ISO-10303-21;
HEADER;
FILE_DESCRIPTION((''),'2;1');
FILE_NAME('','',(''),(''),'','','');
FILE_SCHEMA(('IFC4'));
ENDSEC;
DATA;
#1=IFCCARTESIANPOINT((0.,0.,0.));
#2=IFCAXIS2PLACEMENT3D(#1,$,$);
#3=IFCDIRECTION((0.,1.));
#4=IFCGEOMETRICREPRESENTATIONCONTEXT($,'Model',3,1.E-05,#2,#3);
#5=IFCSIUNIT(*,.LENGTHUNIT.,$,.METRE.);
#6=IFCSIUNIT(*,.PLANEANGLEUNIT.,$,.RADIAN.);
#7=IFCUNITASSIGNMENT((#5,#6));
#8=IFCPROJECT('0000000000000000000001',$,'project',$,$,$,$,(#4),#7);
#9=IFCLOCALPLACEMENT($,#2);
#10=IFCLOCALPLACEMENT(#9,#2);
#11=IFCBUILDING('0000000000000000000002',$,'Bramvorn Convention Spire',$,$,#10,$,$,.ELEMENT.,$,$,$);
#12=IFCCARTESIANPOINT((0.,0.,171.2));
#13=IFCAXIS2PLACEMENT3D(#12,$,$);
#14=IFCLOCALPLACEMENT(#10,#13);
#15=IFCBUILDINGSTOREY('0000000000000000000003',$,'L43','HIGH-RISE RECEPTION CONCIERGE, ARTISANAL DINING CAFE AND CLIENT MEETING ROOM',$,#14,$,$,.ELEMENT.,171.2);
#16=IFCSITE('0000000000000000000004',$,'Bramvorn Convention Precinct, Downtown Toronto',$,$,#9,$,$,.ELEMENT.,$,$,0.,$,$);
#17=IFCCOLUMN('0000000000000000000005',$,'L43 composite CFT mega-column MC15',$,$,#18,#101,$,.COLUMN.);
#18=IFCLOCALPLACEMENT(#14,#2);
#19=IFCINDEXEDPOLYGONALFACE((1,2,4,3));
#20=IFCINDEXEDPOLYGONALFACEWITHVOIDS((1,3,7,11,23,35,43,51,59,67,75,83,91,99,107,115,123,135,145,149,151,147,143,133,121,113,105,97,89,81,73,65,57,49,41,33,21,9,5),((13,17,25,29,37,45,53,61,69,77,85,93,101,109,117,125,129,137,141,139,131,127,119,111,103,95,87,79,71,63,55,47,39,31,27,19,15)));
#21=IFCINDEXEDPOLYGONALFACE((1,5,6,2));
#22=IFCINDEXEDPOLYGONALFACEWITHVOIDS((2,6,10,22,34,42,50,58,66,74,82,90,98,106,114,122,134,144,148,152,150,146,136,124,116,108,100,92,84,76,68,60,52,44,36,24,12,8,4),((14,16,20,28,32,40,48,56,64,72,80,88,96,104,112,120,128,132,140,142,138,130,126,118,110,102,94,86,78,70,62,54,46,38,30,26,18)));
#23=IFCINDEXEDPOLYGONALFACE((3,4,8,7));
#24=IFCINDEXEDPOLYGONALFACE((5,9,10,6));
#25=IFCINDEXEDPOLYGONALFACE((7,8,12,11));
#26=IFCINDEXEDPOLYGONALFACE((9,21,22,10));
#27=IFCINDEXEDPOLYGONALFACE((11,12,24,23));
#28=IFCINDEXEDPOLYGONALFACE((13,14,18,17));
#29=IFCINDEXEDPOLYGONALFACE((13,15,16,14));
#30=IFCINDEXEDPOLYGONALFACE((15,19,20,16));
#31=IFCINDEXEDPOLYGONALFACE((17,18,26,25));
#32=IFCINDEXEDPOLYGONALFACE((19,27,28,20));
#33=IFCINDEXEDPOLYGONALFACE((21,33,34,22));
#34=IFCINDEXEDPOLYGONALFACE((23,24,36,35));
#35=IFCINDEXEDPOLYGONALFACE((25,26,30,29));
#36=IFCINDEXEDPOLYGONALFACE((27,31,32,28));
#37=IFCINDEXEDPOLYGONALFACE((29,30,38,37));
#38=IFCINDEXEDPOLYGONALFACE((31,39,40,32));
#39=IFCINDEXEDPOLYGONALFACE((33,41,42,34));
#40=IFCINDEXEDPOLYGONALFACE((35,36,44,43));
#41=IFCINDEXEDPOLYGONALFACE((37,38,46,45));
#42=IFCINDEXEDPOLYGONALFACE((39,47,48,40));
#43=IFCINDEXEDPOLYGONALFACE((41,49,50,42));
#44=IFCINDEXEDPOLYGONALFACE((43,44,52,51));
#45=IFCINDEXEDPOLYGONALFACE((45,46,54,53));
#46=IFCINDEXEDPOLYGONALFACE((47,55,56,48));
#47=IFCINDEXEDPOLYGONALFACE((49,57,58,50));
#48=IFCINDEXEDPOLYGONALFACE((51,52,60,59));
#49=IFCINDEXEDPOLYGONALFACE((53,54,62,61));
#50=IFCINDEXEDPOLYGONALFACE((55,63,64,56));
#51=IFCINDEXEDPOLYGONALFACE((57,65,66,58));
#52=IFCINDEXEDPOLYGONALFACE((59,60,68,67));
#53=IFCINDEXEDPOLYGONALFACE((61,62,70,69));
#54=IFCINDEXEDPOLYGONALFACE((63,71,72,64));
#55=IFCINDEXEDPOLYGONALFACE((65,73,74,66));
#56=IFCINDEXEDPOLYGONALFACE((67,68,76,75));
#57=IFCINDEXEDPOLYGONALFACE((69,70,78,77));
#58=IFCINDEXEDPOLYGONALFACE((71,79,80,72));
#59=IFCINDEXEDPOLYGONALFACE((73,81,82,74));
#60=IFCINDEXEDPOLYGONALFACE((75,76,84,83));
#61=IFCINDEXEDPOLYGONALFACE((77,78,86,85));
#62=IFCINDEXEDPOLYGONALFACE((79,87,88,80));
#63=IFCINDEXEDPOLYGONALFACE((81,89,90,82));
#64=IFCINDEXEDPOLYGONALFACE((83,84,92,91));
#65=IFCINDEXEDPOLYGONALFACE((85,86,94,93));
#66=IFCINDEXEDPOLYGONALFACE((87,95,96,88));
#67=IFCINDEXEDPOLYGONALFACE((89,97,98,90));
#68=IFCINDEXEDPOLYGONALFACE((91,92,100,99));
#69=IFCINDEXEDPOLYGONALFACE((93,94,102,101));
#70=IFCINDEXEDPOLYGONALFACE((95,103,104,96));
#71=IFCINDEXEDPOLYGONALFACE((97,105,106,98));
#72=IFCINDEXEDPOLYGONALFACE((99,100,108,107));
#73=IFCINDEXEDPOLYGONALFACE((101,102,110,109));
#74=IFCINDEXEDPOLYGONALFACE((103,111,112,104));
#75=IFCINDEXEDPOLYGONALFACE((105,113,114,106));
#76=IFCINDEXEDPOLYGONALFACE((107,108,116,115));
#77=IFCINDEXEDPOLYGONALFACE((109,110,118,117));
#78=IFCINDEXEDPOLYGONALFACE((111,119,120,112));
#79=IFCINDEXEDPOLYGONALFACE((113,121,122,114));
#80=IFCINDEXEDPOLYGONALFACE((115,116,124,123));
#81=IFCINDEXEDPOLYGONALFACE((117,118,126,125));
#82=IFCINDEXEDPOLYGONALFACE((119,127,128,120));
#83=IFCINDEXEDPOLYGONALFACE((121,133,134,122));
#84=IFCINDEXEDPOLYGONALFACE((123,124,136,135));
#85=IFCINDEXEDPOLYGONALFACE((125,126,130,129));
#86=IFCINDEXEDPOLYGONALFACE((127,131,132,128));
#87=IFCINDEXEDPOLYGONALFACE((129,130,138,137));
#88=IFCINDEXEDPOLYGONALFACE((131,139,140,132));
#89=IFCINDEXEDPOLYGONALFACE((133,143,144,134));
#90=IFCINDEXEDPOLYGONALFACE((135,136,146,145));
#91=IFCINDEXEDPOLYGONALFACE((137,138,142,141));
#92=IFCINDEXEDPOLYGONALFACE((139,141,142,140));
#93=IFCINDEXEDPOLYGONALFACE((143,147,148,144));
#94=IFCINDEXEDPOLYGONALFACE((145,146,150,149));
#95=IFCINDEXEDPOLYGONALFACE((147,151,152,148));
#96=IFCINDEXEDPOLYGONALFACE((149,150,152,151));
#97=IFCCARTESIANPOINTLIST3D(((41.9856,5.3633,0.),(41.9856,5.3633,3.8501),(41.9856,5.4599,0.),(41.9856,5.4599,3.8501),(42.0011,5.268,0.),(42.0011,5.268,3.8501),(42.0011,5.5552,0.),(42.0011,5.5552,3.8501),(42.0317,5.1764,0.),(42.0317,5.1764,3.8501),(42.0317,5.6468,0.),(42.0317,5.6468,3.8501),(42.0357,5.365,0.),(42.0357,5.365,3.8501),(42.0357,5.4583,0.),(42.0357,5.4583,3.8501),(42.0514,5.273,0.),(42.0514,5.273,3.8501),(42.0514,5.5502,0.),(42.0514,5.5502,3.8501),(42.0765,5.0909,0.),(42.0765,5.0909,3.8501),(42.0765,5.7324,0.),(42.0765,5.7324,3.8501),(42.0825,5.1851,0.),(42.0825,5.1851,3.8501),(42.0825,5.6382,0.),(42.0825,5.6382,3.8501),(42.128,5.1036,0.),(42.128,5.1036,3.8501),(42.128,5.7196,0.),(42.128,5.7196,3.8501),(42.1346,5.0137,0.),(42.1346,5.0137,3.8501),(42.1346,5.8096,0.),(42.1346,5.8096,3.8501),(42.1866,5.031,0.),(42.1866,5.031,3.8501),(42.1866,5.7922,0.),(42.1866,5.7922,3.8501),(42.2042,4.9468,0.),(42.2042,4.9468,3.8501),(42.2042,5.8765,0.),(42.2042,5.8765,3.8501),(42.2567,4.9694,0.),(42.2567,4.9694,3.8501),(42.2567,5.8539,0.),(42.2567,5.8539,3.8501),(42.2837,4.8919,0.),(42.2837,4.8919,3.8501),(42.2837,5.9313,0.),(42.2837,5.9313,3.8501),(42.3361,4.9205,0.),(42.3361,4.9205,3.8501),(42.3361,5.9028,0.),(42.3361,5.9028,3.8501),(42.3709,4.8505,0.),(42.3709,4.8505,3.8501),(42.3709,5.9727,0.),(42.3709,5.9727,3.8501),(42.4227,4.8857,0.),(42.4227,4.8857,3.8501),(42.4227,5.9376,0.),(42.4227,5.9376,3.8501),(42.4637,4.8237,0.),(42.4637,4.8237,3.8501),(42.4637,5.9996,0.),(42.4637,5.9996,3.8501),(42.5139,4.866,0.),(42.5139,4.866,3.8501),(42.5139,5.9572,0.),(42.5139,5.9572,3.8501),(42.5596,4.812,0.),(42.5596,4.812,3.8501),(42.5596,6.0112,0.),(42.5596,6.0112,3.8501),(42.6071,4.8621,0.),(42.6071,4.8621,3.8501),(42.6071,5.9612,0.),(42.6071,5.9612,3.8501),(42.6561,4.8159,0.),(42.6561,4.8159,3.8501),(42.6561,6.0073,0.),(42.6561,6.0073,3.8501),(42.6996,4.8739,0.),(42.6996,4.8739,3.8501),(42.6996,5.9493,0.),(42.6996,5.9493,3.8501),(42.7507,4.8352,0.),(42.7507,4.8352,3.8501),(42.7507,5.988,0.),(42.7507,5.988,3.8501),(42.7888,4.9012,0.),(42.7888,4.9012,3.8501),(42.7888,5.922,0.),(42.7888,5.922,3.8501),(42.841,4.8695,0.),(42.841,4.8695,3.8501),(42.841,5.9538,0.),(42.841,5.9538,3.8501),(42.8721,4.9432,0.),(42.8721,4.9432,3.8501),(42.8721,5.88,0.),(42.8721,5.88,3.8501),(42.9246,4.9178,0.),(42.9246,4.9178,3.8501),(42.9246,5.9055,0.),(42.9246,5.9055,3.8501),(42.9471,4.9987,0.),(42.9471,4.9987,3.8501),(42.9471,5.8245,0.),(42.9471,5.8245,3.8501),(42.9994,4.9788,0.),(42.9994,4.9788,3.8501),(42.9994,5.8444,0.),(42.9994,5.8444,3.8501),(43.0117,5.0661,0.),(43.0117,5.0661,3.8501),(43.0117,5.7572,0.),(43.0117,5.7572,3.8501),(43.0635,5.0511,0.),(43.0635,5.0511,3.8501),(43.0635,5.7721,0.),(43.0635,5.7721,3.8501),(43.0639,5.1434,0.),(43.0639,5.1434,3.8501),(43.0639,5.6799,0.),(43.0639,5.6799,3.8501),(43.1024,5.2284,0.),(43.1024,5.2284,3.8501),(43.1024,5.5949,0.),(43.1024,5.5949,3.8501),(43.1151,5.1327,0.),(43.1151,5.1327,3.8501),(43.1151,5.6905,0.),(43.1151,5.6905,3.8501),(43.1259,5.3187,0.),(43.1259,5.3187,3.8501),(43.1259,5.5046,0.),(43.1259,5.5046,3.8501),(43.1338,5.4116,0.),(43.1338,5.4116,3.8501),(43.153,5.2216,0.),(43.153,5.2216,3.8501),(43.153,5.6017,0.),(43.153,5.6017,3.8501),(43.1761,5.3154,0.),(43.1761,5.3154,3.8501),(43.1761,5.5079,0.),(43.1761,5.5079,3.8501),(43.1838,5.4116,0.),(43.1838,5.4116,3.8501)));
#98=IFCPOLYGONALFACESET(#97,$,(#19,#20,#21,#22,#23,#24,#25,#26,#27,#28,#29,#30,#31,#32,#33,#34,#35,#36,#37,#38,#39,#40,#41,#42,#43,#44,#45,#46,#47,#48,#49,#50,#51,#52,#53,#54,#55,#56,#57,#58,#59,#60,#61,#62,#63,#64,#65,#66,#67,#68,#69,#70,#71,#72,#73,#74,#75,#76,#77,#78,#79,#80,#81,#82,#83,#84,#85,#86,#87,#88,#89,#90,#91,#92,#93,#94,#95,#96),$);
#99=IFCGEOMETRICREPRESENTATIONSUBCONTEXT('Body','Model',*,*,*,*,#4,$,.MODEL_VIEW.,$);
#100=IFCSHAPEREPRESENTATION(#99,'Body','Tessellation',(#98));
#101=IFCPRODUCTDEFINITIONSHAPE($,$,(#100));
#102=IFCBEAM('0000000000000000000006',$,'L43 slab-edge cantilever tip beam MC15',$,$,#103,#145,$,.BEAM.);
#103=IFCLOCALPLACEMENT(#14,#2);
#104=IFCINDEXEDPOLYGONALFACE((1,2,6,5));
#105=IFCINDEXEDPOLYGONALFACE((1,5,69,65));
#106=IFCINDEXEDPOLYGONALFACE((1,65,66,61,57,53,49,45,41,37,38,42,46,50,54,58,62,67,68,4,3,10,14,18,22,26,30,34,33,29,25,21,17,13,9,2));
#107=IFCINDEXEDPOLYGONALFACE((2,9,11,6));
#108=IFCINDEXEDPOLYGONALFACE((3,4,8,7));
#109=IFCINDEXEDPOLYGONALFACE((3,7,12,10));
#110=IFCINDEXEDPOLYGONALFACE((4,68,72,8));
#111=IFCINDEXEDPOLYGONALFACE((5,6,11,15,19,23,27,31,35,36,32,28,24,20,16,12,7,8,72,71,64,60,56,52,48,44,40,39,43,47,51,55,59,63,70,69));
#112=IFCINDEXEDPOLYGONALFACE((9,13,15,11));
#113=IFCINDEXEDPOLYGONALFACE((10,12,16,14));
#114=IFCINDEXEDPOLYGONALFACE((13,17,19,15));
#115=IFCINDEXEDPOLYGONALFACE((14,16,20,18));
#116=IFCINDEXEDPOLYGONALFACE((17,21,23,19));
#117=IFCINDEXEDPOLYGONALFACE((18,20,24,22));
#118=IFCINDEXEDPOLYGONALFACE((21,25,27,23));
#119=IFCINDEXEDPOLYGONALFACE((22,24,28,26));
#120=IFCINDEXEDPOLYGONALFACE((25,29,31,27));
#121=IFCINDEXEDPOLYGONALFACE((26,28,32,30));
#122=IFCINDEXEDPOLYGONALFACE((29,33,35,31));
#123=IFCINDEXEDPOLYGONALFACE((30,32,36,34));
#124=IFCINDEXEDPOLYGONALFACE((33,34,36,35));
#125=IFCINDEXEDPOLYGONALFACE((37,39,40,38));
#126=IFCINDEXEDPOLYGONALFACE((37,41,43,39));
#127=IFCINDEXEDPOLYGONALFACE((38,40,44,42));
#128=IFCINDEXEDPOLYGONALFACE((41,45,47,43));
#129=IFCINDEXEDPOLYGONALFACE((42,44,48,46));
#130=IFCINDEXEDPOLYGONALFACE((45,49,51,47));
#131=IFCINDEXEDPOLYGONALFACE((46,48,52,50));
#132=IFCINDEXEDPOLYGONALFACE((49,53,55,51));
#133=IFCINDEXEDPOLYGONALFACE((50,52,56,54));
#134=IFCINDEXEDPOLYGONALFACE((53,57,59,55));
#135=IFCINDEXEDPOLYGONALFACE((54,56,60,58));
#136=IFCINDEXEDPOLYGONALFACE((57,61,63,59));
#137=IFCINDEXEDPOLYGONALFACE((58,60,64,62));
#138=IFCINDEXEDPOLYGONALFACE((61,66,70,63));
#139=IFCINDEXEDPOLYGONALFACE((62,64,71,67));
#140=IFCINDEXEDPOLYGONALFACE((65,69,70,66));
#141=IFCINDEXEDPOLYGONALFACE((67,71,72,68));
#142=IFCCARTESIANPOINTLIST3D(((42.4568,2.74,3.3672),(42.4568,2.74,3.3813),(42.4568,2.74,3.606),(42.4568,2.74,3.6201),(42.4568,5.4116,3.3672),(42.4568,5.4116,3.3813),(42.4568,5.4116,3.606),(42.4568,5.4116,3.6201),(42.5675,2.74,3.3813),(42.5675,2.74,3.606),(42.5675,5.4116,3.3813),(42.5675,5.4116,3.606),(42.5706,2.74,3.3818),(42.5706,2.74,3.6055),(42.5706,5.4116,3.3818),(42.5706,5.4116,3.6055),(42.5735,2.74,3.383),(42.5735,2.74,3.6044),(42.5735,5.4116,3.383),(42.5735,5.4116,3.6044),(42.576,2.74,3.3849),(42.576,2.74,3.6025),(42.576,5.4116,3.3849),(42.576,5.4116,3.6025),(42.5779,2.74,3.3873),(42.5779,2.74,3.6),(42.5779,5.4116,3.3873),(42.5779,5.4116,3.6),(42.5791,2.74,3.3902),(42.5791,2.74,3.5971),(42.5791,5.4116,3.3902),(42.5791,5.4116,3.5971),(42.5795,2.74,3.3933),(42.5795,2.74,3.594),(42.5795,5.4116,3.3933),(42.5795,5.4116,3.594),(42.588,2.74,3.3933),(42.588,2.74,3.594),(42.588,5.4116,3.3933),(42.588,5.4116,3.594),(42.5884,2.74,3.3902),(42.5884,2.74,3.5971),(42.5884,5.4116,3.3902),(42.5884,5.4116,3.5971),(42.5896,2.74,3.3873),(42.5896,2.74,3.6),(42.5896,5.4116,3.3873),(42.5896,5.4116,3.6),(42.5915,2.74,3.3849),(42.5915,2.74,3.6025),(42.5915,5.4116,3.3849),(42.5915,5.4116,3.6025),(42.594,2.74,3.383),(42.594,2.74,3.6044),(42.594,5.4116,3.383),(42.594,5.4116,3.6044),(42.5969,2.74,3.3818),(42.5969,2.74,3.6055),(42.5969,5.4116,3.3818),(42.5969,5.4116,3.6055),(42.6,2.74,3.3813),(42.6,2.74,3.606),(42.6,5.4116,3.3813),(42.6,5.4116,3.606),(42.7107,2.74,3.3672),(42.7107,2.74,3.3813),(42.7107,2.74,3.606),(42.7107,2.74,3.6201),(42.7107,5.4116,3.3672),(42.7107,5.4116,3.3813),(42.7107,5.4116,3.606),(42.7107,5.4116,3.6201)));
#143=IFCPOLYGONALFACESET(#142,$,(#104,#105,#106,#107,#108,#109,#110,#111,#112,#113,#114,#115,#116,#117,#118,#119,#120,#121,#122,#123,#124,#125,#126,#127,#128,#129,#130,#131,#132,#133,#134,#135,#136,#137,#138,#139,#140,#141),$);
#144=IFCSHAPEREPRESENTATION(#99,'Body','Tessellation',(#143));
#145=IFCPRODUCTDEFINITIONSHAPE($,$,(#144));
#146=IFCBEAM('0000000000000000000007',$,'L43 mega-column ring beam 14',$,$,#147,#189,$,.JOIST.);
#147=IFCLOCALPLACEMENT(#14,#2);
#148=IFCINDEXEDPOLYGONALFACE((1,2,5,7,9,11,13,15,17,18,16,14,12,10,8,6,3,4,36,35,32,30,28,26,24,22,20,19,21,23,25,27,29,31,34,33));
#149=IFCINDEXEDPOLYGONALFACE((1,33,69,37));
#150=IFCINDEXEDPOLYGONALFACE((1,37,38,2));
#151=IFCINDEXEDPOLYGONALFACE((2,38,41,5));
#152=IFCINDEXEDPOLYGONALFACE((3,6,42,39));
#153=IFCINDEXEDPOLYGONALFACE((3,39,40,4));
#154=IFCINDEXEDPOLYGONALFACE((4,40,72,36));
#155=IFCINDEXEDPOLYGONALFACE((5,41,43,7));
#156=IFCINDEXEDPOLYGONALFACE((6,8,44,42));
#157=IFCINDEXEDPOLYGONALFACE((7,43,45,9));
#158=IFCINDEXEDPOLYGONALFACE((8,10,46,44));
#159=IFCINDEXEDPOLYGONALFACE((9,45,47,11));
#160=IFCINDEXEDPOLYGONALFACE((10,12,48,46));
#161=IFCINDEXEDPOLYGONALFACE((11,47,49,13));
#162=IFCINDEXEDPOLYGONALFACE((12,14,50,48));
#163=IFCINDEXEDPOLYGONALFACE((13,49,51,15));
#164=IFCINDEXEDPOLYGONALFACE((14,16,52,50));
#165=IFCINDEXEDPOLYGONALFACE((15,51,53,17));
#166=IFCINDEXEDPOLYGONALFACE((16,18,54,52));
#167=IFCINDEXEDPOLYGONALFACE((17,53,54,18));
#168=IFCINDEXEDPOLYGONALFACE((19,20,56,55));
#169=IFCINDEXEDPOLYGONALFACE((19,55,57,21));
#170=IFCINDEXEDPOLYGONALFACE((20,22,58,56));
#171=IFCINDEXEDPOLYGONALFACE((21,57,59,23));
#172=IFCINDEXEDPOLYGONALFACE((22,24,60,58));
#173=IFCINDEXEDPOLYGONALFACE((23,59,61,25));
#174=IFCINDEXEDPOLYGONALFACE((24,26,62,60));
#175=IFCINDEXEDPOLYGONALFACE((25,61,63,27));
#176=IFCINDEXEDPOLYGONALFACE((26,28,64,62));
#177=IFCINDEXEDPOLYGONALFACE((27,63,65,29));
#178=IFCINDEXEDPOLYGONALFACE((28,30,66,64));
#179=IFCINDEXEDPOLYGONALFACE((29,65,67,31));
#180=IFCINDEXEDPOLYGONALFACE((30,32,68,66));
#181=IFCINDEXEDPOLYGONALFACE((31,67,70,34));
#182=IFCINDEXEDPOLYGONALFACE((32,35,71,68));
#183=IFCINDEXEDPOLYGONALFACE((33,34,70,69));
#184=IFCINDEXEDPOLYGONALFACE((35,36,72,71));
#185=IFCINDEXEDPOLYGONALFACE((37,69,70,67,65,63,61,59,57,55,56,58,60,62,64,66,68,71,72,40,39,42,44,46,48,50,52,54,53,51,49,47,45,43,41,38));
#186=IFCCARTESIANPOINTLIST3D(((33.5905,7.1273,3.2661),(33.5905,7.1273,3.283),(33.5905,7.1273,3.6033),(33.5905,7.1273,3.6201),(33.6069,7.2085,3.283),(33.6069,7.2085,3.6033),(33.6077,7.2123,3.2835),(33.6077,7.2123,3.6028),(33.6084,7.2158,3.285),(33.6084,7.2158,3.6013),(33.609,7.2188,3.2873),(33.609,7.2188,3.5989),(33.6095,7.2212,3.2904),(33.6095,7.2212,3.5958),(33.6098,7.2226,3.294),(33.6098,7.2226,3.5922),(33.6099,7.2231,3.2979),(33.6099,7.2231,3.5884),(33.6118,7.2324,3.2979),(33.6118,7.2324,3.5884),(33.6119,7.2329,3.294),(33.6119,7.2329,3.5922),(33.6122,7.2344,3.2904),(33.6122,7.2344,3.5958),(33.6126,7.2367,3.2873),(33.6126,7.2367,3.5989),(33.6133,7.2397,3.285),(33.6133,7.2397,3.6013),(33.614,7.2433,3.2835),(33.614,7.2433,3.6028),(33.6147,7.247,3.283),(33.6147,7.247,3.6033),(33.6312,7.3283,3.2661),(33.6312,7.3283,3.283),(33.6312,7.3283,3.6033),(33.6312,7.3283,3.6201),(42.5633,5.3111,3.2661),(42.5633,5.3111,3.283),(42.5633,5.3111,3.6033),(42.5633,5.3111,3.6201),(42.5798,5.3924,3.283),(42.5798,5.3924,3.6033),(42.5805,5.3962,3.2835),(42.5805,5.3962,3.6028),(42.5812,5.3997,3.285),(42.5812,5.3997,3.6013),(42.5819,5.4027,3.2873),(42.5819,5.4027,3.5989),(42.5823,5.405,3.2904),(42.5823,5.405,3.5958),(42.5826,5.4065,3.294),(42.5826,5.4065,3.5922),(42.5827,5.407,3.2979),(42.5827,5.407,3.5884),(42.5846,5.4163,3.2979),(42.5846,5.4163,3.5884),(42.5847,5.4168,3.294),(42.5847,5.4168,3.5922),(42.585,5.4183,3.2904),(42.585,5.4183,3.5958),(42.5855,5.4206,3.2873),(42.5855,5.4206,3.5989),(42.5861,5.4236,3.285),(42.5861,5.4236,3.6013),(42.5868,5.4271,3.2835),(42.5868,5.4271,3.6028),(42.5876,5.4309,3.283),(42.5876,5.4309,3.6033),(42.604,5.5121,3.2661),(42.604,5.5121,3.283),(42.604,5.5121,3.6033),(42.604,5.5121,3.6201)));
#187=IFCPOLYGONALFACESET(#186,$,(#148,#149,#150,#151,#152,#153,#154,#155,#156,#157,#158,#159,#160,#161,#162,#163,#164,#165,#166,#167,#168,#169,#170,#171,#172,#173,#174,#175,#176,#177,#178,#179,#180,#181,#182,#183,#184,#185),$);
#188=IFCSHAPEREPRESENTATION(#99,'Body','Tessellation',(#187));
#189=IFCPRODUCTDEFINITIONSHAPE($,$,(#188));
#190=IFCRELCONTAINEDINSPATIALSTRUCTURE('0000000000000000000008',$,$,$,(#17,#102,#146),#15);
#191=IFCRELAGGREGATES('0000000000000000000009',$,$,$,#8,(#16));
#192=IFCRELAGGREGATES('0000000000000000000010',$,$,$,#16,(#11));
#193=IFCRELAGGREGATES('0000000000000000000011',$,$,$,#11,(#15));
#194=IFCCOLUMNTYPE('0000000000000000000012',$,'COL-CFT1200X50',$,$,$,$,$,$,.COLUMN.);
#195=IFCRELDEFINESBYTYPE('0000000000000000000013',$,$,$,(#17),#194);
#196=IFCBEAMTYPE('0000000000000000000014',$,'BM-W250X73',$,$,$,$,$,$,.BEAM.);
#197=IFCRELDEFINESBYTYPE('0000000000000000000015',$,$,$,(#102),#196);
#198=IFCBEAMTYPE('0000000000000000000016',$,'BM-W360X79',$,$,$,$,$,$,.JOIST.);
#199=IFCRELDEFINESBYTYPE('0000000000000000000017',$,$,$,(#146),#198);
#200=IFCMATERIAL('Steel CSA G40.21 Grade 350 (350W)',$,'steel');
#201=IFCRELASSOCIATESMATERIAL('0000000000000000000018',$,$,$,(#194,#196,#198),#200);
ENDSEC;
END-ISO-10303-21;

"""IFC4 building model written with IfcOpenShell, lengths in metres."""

from ifc_helpers import new_model, si_unit, direction, frame, origin, origin_2d, place, context, subcontext, project, spatial, hollow_circle, i_section, extrude, material, material_profile, profile_set, type_object, element, save


model = new_model("IFC4")

# Units and contexts
model_context = context("Model", 3, precision=1e-05, world=origin(), true_north=direction((0.0, 1.0)))
body_context = subcontext(model_context, "Body", "Model", "MODEL_VIEW")
ifc_project = project(units=[si_unit("LENGTHUNIT", "METRE"), si_unit("PLANEANGLEUNIT", "RADIAN")], contexts=[model_context])

# Site, building, storey
site_placement = place(None, origin())
site = spatial("IfcSite", under=ifc_project, at=site_placement, Name="Bramvorn Convention Precinct, Downtown Toronto", CompositionType="ELEMENT", RefElevation=0.0)
building_placement = place(site_placement, origin())
building = spatial("IfcBuilding", under=site, at=building_placement, Name="Bramvorn Convention Spire", CompositionType="ELEMENT")
storey_placement = place(building_placement, frame((0.0, 0.0, 171.2)))
storey = spatial("IfcBuildingStorey", under=building, at=storey_placement, Name="L43", Description="HIGH-RISE RECEPTION CONCIERGE, ARTISANAL DINING CAFE AND CLIENT MEETING ROOM", CompositionType="ELEMENT", Elevation=171.2)

# Column
ifc_material_1 = material(Name="Steel CSA G40.21 Grade 350 (350W)", Category="steel")
ifc_material_profile_1 = material_profile(ifc_material_1, hollow_circle(Radius=0.6001, WallThickness=0.05, at=origin_2d()))
ifc_profile_set_1 = profile_set([ifc_material_profile_1], Name="Steel CSA G40.21 Grade 350 (350W) - CFT1200X50")
column_type = type_object("IfcColumnType", Name="COL-CFT1200X50", PredefinedType="COLUMN", material=ifc_profile_set_1)
column_placement = place(storey_placement, frame((42.5837, 5.4116, 0.0), z_axis=(0.0, 0.0, 1.0), x_axis=(1.0, 0.0, 0.0)))
element("IfcColumn", 1, at=column_placement, inside=storey, type_object=column_type, Name="L43 composite CFT mega-column MC15", PredefinedType="COLUMN", context=body_context, shape_type="SweptSolid", body=[
    extrude(hollow_circle(Radius=0.6001, WallThickness=0.05, at=origin_2d()), origin(), (0.0, 0.0, 1.0), 3.8501),
])

# Beams
ifc_material_profile_2 = material_profile(ifc_material_1, i_section(OverallWidth=0.2539, OverallDepth=0.2529, WebThickness=0.0085, FlangeThickness=0.0142, FilletRadius=0.012, at=origin_2d()))
ifc_profile_set_2 = profile_set([ifc_material_profile_2], Name="Steel CSA G40.21 Grade 350 (350W) - W250X73")
beam_type_1 = type_object("IfcBeamType", Name="BM-W250X73", PredefinedType="BEAM", material=ifc_profile_set_2)
beam_1_placement = place(storey_placement, frame((42.5837, 5.4116, 3.4937), z_axis=(0.0, -1.0, 0.0), x_axis=(1.0, 0.0, 0.0)))
element("IfcBeam", 2, at=beam_1_placement, inside=storey, type_object=beam_type_1, Name="L43 slab-edge cantilever tip beam MC15", PredefinedType="BEAM", context=body_context, shape_type="SweptSolid", body=[
    extrude(i_section(OverallWidth=0.2539, OverallDepth=0.2529, WebThickness=0.0085, FlangeThickness=0.0142, FilletRadius=0.012, at=origin_2d()), origin(), (0.0, 0.0, 1.0), 2.6716),
])
ifc_material_profile_3 = material_profile(ifc_material_1, i_section(OverallWidth=0.2051, OverallDepth=0.354, WebThickness=0.0095, FlangeThickness=0.0168, FilletRadius=0.0149, at=origin_2d()))
ifc_profile_set_3 = profile_set([ifc_material_profile_3], Name="Steel CSA G40.21 Grade 350 (350W) - W360X79")
beam_type_2 = type_object("IfcBeamType", Name="BM-W360X79", PredefinedType="JOIST", material=ifc_profile_set_3)
beam_2_placement = place(storey_placement, frame((33.6108, 7.2278, 3.4431), z_axis=(0.980125, -0.198382, 0.0), x_axis=(0.198382, 0.980125, 0.0)))
element("IfcBeam", 3, at=beam_2_placement, inside=storey, type_object=beam_type_2, Name="L43 mega-column ring beam 14", PredefinedType="JOIST", context=body_context, shape_type="SweptSolid", body=[
    extrude(i_section(OverallWidth=0.2051, OverallDepth=0.354, WebThickness=0.0095, FlangeThickness=0.0168, FilletRadius=0.0149, at=origin_2d()), origin(), (0.0, 0.0, 1.0), 9.1548),
])

save(model, "model.ifc")
